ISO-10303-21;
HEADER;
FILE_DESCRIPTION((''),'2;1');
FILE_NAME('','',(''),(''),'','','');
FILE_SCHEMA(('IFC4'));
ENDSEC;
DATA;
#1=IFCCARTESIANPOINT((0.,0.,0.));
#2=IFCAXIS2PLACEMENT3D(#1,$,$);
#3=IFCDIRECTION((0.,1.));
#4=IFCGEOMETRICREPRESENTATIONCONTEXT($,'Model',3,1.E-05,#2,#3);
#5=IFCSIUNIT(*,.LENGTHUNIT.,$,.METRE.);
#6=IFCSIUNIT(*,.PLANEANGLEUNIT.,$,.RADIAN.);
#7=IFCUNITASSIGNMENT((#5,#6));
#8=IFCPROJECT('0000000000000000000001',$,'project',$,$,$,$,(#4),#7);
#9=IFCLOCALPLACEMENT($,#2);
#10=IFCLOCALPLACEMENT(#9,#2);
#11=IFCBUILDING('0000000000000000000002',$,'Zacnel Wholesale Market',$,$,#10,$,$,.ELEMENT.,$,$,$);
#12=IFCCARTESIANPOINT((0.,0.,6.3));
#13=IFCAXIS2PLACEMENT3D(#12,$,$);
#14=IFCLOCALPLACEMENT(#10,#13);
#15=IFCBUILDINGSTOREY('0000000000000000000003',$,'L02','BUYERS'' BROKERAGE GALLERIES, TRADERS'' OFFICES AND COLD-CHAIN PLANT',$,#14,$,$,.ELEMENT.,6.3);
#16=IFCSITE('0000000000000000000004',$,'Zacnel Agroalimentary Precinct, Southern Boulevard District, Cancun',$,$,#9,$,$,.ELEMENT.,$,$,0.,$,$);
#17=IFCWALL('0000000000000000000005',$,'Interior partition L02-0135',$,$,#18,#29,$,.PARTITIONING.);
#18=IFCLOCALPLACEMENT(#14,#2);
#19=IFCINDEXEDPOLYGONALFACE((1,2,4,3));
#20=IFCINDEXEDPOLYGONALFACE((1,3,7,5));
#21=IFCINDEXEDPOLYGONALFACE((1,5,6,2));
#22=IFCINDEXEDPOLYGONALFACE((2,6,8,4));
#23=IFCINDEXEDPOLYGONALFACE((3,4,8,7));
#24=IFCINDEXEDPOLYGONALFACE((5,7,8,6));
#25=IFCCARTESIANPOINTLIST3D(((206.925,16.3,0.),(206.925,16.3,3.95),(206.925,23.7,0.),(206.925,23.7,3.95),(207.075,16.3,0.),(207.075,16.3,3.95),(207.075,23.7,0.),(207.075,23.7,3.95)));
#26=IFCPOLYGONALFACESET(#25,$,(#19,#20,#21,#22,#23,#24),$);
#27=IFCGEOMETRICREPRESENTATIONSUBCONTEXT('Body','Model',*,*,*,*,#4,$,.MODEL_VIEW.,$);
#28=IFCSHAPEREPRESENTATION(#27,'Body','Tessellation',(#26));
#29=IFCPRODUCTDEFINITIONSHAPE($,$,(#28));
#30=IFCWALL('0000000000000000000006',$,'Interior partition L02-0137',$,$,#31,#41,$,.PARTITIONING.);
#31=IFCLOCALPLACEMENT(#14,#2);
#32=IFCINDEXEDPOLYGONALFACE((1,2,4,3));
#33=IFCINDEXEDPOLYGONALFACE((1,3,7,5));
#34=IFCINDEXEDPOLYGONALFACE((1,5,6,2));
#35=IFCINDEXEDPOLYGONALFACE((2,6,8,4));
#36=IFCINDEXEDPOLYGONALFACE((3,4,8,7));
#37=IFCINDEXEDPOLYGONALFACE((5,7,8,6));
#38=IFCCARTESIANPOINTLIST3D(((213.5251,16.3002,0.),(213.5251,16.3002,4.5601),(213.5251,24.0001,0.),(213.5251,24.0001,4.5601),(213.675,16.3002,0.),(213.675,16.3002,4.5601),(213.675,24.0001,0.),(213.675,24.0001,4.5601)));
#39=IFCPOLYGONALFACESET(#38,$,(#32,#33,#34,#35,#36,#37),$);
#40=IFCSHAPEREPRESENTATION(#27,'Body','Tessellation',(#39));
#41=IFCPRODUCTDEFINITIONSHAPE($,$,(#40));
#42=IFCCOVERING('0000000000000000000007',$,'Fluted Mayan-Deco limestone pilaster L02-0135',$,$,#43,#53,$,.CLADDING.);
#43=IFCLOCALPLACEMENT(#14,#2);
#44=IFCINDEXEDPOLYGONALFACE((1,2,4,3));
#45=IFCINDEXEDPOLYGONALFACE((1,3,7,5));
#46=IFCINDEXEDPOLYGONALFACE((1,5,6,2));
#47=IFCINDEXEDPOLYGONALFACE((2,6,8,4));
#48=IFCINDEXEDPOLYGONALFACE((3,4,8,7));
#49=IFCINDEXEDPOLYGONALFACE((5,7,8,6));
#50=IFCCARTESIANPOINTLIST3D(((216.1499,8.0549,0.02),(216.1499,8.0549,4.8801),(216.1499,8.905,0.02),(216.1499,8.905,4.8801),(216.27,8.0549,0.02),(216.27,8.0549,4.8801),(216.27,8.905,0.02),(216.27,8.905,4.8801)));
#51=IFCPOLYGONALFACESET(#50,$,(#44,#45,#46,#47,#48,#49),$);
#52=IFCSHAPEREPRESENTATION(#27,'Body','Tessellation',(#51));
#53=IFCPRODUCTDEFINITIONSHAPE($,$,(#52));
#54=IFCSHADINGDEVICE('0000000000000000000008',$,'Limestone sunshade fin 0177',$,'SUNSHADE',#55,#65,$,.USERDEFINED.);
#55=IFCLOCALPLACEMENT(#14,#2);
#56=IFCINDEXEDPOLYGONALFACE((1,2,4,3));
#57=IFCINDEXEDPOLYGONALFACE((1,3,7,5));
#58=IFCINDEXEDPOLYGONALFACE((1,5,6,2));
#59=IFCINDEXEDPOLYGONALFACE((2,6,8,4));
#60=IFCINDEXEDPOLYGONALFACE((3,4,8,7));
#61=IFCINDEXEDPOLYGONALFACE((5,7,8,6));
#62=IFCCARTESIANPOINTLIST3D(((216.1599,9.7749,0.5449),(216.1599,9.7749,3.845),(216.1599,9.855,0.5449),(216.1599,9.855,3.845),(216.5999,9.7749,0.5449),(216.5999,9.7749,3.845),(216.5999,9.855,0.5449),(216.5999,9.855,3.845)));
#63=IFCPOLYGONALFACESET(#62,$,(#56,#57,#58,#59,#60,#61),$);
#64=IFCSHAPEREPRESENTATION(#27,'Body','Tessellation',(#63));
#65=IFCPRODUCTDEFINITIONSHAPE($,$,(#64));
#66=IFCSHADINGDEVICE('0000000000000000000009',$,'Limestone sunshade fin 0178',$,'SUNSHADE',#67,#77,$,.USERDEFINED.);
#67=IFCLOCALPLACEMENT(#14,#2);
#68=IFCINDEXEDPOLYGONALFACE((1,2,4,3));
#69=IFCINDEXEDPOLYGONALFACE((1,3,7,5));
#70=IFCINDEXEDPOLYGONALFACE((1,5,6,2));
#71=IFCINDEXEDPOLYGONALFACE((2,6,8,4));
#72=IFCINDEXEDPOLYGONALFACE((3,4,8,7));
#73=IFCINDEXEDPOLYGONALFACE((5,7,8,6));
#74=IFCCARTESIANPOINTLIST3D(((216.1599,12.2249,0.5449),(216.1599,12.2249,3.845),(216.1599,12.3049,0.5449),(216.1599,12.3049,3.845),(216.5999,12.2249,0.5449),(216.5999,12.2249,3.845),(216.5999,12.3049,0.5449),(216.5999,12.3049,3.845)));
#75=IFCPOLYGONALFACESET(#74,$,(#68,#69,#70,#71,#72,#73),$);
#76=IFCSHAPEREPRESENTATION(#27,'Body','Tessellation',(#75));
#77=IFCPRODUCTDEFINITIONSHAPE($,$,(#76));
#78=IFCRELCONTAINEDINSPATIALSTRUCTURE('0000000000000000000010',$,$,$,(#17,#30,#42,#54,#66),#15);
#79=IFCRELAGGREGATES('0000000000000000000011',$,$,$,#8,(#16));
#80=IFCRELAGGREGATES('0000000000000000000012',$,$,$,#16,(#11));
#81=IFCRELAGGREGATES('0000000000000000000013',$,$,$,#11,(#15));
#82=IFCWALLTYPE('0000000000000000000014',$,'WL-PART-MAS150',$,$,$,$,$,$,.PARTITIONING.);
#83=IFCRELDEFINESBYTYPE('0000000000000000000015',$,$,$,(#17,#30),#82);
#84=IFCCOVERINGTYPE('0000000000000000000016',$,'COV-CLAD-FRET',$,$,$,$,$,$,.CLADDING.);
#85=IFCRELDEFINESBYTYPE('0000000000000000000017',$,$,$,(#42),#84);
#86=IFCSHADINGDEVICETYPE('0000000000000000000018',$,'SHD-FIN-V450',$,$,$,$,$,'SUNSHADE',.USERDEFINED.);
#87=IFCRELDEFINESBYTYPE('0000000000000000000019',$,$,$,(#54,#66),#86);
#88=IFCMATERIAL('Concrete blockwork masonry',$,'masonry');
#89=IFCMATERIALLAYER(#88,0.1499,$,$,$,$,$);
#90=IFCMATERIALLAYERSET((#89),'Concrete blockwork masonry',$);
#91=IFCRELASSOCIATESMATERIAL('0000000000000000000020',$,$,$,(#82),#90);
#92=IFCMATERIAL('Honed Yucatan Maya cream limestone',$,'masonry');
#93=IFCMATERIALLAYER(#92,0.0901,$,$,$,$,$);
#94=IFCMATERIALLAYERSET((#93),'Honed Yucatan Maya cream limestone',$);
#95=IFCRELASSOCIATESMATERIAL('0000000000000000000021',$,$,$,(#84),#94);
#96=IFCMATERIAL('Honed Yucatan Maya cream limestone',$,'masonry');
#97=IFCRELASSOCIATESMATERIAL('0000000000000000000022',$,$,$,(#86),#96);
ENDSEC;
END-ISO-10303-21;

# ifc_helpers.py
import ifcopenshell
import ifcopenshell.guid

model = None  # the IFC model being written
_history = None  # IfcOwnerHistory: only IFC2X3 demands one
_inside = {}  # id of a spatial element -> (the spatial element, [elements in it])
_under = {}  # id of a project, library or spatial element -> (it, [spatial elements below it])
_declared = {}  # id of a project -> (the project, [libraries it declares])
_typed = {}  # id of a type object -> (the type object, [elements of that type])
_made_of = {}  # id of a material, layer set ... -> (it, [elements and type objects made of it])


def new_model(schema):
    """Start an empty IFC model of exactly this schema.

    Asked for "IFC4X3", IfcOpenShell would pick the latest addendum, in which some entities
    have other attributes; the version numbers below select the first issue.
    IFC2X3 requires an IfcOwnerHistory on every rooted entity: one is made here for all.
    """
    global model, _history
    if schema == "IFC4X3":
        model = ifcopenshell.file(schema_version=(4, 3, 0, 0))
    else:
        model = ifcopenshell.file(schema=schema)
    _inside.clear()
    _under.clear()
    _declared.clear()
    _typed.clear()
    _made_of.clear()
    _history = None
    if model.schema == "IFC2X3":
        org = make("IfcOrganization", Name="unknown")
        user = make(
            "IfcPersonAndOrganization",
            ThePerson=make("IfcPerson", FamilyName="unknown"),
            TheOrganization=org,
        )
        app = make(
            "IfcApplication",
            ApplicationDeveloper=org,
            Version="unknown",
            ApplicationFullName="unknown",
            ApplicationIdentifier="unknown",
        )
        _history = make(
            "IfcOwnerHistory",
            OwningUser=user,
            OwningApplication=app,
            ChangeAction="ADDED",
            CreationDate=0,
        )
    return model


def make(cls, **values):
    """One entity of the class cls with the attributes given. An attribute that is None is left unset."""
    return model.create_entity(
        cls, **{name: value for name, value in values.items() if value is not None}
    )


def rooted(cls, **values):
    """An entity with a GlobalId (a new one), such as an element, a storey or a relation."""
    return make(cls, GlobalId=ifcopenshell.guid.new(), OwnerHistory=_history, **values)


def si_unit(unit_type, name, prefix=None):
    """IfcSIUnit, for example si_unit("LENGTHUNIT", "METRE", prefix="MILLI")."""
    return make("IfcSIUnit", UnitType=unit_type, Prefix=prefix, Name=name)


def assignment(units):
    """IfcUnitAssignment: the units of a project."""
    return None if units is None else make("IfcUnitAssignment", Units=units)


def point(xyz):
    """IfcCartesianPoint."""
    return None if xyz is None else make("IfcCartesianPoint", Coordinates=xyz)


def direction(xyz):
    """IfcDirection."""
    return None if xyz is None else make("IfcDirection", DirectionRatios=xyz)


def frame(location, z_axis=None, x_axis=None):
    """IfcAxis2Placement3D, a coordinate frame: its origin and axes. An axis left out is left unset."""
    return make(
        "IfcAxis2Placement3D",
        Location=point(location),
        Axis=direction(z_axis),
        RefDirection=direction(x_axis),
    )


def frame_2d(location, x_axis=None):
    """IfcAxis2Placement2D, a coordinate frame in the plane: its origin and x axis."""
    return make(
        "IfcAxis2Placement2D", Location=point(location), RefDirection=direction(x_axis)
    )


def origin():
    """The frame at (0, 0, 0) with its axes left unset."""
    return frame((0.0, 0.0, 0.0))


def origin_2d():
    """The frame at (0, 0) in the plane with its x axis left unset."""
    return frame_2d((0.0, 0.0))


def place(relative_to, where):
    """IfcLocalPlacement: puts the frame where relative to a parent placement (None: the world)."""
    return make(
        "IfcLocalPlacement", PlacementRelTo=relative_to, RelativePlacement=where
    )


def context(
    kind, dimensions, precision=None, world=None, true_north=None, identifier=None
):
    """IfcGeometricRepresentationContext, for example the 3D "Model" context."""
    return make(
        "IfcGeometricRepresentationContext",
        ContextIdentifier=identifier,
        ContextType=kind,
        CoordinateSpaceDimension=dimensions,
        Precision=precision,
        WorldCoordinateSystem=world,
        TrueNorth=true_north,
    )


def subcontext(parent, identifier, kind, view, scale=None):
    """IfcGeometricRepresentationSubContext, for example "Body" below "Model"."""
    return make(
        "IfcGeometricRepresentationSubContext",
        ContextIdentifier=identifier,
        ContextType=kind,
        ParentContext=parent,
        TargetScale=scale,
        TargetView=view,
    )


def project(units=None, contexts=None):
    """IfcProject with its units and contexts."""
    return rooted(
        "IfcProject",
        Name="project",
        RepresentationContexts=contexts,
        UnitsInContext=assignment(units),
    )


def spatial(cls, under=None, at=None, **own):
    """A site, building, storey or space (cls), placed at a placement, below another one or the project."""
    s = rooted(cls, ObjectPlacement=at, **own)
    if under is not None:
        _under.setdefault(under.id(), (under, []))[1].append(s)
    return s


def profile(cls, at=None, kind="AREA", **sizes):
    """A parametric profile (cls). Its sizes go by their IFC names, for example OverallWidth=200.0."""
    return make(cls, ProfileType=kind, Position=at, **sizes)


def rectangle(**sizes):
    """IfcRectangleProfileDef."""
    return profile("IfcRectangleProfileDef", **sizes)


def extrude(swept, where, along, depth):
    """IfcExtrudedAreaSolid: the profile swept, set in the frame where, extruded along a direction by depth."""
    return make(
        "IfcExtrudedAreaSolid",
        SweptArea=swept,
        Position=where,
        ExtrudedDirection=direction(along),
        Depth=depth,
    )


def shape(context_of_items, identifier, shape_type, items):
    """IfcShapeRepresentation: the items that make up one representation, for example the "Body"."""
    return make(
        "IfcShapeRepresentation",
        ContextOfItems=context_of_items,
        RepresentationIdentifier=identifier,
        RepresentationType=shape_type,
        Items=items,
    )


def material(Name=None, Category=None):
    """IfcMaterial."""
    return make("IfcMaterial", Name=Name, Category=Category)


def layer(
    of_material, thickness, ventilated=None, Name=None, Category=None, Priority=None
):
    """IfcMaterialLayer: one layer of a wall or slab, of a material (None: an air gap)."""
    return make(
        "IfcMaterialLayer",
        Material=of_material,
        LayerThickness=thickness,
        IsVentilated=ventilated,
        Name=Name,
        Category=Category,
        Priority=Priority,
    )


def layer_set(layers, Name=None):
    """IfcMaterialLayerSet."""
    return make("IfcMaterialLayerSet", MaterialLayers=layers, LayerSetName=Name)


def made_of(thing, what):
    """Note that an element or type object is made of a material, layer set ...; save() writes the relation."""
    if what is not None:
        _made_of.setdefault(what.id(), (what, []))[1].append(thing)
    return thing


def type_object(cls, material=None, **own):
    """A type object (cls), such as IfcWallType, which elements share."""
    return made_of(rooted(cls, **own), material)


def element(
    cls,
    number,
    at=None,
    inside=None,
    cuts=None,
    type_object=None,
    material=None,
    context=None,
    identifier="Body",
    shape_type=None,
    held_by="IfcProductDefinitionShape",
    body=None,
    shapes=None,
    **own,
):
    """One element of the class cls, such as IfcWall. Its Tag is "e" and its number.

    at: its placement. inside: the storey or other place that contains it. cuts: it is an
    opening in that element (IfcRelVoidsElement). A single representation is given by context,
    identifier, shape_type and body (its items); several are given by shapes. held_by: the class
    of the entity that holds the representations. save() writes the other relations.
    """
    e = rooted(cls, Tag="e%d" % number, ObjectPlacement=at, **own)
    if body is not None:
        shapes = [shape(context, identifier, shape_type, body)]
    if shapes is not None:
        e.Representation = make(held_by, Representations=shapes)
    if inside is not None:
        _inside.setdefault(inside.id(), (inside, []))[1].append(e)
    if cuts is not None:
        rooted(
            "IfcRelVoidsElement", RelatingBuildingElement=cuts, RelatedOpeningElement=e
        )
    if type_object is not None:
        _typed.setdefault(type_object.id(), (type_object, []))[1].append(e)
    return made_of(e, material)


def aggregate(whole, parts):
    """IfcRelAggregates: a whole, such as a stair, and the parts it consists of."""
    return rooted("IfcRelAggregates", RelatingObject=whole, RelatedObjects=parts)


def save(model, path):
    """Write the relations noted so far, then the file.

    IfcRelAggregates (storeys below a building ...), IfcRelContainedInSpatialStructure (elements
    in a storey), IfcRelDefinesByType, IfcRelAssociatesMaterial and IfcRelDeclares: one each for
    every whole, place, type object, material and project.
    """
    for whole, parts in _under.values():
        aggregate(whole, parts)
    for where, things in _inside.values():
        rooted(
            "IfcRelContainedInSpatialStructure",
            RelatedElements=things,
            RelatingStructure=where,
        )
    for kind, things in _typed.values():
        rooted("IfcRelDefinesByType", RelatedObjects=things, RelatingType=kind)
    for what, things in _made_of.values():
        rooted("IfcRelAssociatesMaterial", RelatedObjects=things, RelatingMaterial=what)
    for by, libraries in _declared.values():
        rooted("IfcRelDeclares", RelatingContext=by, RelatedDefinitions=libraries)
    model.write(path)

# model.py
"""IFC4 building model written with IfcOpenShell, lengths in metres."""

from ifc_helpers import new_model, si_unit, direction, frame, frame_2d, origin, origin_2d, place, context, subcontext, project, spatial, rectangle, extrude, material, layer, layer_set, type_object, element, save


model = new_model("IFC4")

# Units and contexts
model_context = context("Model", 3, precision=1e-05, world=origin(), true_north=direction((0.0, 1.0)))
body_context = subcontext(model_context, "Body", "Model", "MODEL_VIEW")
ifc_project = project(units=[si_unit("LENGTHUNIT", "METRE"), si_unit("PLANEANGLEUNIT", "RADIAN")], contexts=[model_context])

# Site, building, storey
site_placement = place(None, origin())
site = spatial("IfcSite", under=ifc_project, at=site_placement, Name="Zacnel Agroalimentary Precinct, Southern Boulevard District, Cancun", CompositionType="ELEMENT", RefElevation=0.0)
building_placement = place(site_placement, origin())
building = spatial("IfcBuilding", under=site, at=building_placement, Name="Zacnel Wholesale Market", CompositionType="ELEMENT")
storey_placement = place(building_placement, frame((0.0, 0.0, 6.3)))
storey = spatial("IfcBuildingStorey", under=building, at=storey_placement, Name="L02", Description="BUYERS' BROKERAGE GALLERIES, TRADERS' OFFICES AND COLD-CHAIN PLANT", CompositionType="ELEMENT", Elevation=6.3)

# Walls
ifc_material_1 = material(Name="Concrete blockwork masonry", Category="masonry")
ifc_layer_1 = layer(ifc_material_1, 0.1499)
ifc_layer_set_1 = layer_set([ifc_layer_1], Name="Concrete blockwork masonry")
wall_type_1 = type_object("IfcWallType", Name="WL-PART-MAS150", PredefinedType="PARTITIONING", material=ifc_layer_set_1)
wall_1_placement = place(storey_placement, frame((207.0, 16.3, 0.0), z_axis=(0.0, 0.0, 1.0), x_axis=(0.0, 1.0, 0.0)))
element("IfcWall", 1, at=wall_1_placement, inside=storey, type_object=wall_type_1, Name="Interior partition L02-0135", PredefinedType="PARTITIONING", context=body_context, shape_type="SweptSolid", body=[
    extrude(rectangle(XDim=7.3999, YDim=0.1499, at=frame_2d((3.7, 0.0))), origin(), (0.0, 0.0, 1.0), 3.95),
])
wall_2_placement = place(storey_placement, frame((213.6001, 16.3, 0.0), z_axis=(0.0, 0.0, 1.0), x_axis=(0.0, 1.0, 0.0)))
element("IfcWall", 2, at=wall_2_placement, inside=storey, type_object=wall_type_1, Name="Interior partition L02-0137", PredefinedType="PARTITIONING", context=body_context, shape_type="SweptSolid", body=[
    extrude(rectangle(XDim=7.7, YDim=0.1499, at=frame_2d((3.8501, 0.0))), origin(), (0.0, 0.0, 1.0), 4.5601),
])

# Covering
ifc_material_2 = material(Name="Honed Yucatan Maya cream limestone", Category="masonry")
ifc_layer_2 = layer(ifc_material_2, 0.0901)
ifc_layer_set_2 = layer_set([ifc_layer_2], Name="Honed Yucatan Maya cream limestone")
covering_type = type_object("IfcCoveringType", Name="COV-CLAD-FRET", PredefinedType="CLADDING", material=ifc_layer_set_2)
covering_placement = place(storey_placement, frame((216.21, 8.48, 0.02), z_axis=(0.0, 0.0, 1.0), x_axis=(0.0, 1.0, 0.0)))
element("IfcCovering", 3, at=covering_placement, inside=storey, type_object=covering_type, Name="Fluted Mayan-Deco limestone pilaster L02-0135", PredefinedType="CLADDING", context=body_context, shape_type="SweptSolid", body=[
    extrude(rectangle(XDim=0.8501, YDim=0.1201, at=origin_2d()), origin(), (0.0, 0.0, 1.0), 4.8601),
])

# Shading devices
ifc_material_3 = material(Name="Honed Yucatan Maya cream limestone", Category="masonry")
shading_device_type = type_object("IfcShadingDeviceType", Name="SHD-FIN-V450", ElementType="SUNSHADE", PredefinedType="USERDEFINED", material=ifc_material_3)
for number, where, z_axis, x_axis, name in (
    (4, (216.3799, 9.8149, 0.5449), (0.0, 0.0, 1.0), (0.0, 1.0, 0.0), "Limestone sunshade fin 0177"),
    (5, (216.3799, 12.2649, 0.5449), (0.0, 0.0, 1.0), (0.0, 1.0, 0.0), "Limestone sunshade fin 0178"),
):
    element("IfcShadingDevice", number, at=place(storey_placement, frame(where, z_axis=z_axis, x_axis=x_axis)), inside=storey, type_object=shading_device_type, Name=name, ObjectType="SUNSHADE", PredefinedType="USERDEFINED", context=body_context, shape_type="SweptSolid", body=[
        extrude(rectangle(XDim=0.0801, YDim=0.4399, at=origin_2d()), origin(), (0.0, 0.0, 1.0), 3.3),
    ])

save(model, "model.ifc")
